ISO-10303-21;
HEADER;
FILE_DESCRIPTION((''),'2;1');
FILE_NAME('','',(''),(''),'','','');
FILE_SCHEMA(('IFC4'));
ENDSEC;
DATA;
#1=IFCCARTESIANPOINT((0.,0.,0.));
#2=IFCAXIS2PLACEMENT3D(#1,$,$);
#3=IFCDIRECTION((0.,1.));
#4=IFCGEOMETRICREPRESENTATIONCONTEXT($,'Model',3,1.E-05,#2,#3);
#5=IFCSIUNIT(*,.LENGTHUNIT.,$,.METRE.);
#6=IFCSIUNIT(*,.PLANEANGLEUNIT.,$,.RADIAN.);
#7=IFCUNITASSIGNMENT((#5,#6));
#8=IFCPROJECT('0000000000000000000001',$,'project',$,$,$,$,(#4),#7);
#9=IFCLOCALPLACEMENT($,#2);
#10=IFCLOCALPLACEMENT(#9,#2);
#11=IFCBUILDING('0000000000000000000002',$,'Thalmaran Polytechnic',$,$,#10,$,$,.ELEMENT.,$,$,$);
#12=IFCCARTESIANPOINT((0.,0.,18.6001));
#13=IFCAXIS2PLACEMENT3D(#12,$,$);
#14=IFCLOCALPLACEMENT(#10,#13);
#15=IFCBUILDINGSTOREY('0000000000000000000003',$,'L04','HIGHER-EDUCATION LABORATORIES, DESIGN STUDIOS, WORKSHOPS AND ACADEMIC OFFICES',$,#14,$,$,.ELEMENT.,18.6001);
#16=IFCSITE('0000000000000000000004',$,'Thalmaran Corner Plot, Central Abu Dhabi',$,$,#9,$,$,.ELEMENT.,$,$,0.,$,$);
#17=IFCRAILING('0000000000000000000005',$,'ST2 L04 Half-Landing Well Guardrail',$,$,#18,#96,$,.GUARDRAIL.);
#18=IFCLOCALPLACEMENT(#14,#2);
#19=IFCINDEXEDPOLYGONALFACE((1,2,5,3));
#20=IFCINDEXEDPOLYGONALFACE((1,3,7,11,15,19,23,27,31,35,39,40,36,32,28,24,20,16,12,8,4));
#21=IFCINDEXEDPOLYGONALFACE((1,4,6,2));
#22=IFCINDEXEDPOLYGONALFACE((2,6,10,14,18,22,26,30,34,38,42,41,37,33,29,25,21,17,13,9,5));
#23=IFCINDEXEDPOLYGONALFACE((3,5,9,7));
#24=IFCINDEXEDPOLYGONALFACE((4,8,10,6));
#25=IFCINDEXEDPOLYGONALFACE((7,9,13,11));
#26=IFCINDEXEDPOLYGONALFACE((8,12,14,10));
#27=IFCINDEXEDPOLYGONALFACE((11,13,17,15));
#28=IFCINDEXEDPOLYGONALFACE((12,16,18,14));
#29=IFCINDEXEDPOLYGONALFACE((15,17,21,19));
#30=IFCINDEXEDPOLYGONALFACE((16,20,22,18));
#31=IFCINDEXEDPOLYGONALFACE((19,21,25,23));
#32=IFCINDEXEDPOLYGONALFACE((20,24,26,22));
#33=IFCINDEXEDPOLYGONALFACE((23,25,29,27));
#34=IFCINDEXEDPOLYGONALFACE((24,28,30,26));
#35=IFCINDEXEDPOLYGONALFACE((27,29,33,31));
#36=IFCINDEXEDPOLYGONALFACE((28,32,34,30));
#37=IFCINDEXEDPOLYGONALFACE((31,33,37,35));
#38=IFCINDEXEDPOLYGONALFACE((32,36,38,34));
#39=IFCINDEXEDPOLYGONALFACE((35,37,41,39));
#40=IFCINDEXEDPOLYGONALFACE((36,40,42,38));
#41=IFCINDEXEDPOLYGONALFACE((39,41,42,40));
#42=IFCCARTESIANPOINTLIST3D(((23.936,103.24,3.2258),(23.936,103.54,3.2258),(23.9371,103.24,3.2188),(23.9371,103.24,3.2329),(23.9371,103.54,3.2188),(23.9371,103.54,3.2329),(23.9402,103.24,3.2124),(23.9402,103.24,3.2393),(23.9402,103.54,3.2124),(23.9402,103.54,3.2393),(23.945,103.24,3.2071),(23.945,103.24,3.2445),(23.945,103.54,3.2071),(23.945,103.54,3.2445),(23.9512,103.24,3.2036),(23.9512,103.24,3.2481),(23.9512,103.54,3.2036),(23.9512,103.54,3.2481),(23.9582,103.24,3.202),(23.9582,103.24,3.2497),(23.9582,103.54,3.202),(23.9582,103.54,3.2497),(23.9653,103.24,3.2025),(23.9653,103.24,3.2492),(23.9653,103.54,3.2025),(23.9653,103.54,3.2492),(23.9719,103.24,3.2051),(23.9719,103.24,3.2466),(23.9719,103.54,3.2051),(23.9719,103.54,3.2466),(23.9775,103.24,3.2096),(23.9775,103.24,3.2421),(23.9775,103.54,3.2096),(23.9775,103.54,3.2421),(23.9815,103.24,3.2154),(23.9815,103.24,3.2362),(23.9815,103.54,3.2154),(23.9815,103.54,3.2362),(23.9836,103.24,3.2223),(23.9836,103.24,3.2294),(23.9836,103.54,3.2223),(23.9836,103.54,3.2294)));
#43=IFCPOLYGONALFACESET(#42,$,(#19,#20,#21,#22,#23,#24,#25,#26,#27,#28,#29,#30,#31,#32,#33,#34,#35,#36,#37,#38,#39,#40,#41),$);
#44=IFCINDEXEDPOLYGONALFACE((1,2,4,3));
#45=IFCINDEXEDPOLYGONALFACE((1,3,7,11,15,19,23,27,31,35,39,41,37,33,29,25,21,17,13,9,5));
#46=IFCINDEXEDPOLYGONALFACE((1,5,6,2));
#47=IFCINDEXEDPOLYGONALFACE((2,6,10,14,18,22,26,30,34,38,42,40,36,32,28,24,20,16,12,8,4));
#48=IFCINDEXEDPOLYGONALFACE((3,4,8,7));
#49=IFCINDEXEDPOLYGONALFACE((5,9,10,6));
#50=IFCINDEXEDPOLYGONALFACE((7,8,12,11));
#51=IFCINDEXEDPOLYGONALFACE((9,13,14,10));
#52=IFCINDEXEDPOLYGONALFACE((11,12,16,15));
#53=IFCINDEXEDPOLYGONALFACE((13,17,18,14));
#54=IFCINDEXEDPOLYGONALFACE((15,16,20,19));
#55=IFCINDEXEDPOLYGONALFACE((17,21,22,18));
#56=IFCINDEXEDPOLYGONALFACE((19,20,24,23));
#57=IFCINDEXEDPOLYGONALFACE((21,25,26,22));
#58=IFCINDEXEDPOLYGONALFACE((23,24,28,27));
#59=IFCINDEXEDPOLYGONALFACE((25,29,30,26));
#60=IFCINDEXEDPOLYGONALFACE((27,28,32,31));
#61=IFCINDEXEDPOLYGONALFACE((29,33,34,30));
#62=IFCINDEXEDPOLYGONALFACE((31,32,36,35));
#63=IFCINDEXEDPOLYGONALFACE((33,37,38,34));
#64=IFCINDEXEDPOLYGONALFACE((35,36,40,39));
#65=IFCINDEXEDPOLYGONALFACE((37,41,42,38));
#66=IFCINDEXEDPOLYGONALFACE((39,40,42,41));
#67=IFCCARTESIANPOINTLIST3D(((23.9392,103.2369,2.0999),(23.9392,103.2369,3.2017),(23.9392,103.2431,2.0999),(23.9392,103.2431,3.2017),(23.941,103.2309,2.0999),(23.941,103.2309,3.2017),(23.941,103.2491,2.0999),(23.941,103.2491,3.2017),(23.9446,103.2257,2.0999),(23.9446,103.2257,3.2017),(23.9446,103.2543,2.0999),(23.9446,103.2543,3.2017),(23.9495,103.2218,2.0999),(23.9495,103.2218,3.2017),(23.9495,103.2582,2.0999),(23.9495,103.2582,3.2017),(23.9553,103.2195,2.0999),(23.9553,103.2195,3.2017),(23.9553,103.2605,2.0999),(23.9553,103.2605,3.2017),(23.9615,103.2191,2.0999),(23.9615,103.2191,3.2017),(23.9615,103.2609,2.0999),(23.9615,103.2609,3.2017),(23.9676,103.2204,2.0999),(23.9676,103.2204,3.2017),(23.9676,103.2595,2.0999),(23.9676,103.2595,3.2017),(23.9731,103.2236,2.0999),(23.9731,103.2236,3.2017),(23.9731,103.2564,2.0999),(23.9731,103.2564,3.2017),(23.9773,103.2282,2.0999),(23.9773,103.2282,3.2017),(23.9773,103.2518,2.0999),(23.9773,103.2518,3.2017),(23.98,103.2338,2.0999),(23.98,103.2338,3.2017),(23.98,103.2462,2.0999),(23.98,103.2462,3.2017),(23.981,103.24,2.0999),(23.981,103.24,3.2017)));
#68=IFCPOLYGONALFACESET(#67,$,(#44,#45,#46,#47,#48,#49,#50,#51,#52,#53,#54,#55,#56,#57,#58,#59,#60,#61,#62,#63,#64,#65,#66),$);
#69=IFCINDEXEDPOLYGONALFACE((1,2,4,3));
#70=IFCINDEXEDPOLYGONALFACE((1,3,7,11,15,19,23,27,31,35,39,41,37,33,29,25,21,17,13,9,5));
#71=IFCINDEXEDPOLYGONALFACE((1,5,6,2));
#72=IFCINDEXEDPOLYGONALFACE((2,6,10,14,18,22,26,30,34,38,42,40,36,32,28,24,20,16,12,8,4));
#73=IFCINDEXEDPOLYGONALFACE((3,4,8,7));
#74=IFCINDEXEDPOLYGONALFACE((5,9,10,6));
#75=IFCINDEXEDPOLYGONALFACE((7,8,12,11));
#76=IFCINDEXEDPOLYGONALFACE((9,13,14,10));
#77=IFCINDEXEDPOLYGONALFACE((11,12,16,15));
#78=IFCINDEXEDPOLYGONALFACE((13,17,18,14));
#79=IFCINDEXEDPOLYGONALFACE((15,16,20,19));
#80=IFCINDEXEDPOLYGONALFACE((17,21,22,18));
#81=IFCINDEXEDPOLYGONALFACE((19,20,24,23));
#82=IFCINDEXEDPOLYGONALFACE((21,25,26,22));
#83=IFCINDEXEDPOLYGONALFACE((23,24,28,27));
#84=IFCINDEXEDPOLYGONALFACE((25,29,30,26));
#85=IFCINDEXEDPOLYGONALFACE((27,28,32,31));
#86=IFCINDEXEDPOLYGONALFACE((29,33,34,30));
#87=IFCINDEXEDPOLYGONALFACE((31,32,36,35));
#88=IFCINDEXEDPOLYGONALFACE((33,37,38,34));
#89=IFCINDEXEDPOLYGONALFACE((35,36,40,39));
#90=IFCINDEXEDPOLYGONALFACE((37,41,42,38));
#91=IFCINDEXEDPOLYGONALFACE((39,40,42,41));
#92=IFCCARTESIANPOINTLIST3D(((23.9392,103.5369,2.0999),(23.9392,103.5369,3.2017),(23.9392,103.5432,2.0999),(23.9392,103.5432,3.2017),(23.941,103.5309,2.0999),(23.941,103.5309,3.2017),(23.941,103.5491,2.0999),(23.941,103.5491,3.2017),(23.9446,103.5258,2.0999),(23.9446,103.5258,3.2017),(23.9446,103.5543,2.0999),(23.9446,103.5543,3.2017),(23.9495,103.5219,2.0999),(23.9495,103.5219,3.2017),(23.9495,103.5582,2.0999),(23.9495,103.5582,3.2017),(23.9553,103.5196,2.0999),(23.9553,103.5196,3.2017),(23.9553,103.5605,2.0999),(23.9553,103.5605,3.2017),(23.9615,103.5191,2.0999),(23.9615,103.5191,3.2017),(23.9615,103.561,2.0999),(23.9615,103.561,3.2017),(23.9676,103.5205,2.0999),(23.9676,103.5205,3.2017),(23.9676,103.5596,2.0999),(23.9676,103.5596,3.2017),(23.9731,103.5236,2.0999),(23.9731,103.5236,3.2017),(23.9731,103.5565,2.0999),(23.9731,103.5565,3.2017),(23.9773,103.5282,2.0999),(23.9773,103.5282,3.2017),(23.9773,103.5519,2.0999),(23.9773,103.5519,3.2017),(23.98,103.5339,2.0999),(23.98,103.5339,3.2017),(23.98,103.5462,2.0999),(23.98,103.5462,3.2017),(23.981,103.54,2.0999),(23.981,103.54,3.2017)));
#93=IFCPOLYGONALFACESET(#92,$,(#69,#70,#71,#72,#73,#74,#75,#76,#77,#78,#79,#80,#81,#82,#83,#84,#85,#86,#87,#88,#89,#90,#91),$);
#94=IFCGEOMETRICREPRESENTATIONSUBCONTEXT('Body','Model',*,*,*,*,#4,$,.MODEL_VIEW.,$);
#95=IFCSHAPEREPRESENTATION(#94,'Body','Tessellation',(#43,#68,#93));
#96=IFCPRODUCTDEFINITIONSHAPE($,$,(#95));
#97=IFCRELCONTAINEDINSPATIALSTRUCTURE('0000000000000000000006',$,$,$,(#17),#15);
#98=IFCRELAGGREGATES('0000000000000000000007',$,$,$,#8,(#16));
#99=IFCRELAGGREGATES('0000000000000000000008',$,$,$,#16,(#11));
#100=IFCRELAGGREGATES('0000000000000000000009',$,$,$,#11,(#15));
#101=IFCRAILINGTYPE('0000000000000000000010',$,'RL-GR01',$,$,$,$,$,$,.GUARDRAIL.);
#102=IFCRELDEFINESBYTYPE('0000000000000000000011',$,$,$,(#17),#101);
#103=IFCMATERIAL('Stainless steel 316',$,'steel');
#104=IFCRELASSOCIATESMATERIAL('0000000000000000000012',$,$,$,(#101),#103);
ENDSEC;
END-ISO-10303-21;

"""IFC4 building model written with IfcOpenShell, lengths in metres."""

from ifc_helpers import new_model, si_unit, direction, frame, origin, origin_2d, place, context, subcontext, project, spatial, circle, extrude, material, type_object, element, save


model = new_model("IFC4")

# Units and contexts
model_context = context("Model", 3, precision=1e-05, world=origin(), true_north=direction((0.0, 1.0)))
body_context = subcontext(model_context, "Body", "Model", "MODEL_VIEW")
ifc_project = project(units=[si_unit("LENGTHUNIT", "METRE"), si_unit("PLANEANGLEUNIT", "RADIAN")], contexts=[model_context])

# Site, building, storey
site_placement = place(None, origin())
site = spatial("IfcSite", under=ifc_project, at=site_placement, Name="Thalmaran Corner Plot, Central Abu Dhabi", CompositionType="ELEMENT", RefElevation=0.0)
building_placement = place(site_placement, origin())
building = spatial("IfcBuilding", under=site, at=building_placement, Name="Thalmaran Polytechnic", CompositionType="ELEMENT")
storey_placement = place(building_placement, frame((0.0, 0.0, 18.6001)))
storey = spatial("IfcBuildingStorey", under=building, at=storey_placement, Name="L04", Description="HIGHER-EDUCATION LABORATORIES, DESIGN STUDIOS, WORKSHOPS AND ACADEMIC OFFICES", CompositionType="ELEMENT", Elevation=18.6001)

# Railing
ifc_material_1 = material(Name="Stainless steel 316", Category="steel")
railing_type_1 = type_object("IfcRailingType", Name="RL-GR01", PredefinedType="GUARDRAIL", material=ifc_material_1)
railing_1_placement = place(storey_placement, frame((23.96, 103.24, 2.0999)))
element("IfcRailing", 1, at=railing_1_placement, inside=storey, type_object=railing_type_1, Name="ST2 L04 Half-Landing Well Guardrail", PredefinedType="GUARDRAIL", context=body_context, shape_type="SweptSolid", body=[
    extrude(circle(Radius=0.0239, at=origin_2d()), frame((0.0, 0.0, 1.126), z_axis=(0.0, 1.0, 0.0), x_axis=(-1.0, 0.0, 0.0)), (0.0, 0.0, 1.0), 0.3),
    extrude(circle(Radius=0.021, at=origin_2d()), origin(), (0.0, 0.0, 1.0), 1.1018),
    extrude(circle(Radius=0.021, at=origin_2d()), frame((0.0, 0.3, 0.0)), (0.0, 0.0, 1.0), 1.1018),
])

save(model, "model.ifc")
